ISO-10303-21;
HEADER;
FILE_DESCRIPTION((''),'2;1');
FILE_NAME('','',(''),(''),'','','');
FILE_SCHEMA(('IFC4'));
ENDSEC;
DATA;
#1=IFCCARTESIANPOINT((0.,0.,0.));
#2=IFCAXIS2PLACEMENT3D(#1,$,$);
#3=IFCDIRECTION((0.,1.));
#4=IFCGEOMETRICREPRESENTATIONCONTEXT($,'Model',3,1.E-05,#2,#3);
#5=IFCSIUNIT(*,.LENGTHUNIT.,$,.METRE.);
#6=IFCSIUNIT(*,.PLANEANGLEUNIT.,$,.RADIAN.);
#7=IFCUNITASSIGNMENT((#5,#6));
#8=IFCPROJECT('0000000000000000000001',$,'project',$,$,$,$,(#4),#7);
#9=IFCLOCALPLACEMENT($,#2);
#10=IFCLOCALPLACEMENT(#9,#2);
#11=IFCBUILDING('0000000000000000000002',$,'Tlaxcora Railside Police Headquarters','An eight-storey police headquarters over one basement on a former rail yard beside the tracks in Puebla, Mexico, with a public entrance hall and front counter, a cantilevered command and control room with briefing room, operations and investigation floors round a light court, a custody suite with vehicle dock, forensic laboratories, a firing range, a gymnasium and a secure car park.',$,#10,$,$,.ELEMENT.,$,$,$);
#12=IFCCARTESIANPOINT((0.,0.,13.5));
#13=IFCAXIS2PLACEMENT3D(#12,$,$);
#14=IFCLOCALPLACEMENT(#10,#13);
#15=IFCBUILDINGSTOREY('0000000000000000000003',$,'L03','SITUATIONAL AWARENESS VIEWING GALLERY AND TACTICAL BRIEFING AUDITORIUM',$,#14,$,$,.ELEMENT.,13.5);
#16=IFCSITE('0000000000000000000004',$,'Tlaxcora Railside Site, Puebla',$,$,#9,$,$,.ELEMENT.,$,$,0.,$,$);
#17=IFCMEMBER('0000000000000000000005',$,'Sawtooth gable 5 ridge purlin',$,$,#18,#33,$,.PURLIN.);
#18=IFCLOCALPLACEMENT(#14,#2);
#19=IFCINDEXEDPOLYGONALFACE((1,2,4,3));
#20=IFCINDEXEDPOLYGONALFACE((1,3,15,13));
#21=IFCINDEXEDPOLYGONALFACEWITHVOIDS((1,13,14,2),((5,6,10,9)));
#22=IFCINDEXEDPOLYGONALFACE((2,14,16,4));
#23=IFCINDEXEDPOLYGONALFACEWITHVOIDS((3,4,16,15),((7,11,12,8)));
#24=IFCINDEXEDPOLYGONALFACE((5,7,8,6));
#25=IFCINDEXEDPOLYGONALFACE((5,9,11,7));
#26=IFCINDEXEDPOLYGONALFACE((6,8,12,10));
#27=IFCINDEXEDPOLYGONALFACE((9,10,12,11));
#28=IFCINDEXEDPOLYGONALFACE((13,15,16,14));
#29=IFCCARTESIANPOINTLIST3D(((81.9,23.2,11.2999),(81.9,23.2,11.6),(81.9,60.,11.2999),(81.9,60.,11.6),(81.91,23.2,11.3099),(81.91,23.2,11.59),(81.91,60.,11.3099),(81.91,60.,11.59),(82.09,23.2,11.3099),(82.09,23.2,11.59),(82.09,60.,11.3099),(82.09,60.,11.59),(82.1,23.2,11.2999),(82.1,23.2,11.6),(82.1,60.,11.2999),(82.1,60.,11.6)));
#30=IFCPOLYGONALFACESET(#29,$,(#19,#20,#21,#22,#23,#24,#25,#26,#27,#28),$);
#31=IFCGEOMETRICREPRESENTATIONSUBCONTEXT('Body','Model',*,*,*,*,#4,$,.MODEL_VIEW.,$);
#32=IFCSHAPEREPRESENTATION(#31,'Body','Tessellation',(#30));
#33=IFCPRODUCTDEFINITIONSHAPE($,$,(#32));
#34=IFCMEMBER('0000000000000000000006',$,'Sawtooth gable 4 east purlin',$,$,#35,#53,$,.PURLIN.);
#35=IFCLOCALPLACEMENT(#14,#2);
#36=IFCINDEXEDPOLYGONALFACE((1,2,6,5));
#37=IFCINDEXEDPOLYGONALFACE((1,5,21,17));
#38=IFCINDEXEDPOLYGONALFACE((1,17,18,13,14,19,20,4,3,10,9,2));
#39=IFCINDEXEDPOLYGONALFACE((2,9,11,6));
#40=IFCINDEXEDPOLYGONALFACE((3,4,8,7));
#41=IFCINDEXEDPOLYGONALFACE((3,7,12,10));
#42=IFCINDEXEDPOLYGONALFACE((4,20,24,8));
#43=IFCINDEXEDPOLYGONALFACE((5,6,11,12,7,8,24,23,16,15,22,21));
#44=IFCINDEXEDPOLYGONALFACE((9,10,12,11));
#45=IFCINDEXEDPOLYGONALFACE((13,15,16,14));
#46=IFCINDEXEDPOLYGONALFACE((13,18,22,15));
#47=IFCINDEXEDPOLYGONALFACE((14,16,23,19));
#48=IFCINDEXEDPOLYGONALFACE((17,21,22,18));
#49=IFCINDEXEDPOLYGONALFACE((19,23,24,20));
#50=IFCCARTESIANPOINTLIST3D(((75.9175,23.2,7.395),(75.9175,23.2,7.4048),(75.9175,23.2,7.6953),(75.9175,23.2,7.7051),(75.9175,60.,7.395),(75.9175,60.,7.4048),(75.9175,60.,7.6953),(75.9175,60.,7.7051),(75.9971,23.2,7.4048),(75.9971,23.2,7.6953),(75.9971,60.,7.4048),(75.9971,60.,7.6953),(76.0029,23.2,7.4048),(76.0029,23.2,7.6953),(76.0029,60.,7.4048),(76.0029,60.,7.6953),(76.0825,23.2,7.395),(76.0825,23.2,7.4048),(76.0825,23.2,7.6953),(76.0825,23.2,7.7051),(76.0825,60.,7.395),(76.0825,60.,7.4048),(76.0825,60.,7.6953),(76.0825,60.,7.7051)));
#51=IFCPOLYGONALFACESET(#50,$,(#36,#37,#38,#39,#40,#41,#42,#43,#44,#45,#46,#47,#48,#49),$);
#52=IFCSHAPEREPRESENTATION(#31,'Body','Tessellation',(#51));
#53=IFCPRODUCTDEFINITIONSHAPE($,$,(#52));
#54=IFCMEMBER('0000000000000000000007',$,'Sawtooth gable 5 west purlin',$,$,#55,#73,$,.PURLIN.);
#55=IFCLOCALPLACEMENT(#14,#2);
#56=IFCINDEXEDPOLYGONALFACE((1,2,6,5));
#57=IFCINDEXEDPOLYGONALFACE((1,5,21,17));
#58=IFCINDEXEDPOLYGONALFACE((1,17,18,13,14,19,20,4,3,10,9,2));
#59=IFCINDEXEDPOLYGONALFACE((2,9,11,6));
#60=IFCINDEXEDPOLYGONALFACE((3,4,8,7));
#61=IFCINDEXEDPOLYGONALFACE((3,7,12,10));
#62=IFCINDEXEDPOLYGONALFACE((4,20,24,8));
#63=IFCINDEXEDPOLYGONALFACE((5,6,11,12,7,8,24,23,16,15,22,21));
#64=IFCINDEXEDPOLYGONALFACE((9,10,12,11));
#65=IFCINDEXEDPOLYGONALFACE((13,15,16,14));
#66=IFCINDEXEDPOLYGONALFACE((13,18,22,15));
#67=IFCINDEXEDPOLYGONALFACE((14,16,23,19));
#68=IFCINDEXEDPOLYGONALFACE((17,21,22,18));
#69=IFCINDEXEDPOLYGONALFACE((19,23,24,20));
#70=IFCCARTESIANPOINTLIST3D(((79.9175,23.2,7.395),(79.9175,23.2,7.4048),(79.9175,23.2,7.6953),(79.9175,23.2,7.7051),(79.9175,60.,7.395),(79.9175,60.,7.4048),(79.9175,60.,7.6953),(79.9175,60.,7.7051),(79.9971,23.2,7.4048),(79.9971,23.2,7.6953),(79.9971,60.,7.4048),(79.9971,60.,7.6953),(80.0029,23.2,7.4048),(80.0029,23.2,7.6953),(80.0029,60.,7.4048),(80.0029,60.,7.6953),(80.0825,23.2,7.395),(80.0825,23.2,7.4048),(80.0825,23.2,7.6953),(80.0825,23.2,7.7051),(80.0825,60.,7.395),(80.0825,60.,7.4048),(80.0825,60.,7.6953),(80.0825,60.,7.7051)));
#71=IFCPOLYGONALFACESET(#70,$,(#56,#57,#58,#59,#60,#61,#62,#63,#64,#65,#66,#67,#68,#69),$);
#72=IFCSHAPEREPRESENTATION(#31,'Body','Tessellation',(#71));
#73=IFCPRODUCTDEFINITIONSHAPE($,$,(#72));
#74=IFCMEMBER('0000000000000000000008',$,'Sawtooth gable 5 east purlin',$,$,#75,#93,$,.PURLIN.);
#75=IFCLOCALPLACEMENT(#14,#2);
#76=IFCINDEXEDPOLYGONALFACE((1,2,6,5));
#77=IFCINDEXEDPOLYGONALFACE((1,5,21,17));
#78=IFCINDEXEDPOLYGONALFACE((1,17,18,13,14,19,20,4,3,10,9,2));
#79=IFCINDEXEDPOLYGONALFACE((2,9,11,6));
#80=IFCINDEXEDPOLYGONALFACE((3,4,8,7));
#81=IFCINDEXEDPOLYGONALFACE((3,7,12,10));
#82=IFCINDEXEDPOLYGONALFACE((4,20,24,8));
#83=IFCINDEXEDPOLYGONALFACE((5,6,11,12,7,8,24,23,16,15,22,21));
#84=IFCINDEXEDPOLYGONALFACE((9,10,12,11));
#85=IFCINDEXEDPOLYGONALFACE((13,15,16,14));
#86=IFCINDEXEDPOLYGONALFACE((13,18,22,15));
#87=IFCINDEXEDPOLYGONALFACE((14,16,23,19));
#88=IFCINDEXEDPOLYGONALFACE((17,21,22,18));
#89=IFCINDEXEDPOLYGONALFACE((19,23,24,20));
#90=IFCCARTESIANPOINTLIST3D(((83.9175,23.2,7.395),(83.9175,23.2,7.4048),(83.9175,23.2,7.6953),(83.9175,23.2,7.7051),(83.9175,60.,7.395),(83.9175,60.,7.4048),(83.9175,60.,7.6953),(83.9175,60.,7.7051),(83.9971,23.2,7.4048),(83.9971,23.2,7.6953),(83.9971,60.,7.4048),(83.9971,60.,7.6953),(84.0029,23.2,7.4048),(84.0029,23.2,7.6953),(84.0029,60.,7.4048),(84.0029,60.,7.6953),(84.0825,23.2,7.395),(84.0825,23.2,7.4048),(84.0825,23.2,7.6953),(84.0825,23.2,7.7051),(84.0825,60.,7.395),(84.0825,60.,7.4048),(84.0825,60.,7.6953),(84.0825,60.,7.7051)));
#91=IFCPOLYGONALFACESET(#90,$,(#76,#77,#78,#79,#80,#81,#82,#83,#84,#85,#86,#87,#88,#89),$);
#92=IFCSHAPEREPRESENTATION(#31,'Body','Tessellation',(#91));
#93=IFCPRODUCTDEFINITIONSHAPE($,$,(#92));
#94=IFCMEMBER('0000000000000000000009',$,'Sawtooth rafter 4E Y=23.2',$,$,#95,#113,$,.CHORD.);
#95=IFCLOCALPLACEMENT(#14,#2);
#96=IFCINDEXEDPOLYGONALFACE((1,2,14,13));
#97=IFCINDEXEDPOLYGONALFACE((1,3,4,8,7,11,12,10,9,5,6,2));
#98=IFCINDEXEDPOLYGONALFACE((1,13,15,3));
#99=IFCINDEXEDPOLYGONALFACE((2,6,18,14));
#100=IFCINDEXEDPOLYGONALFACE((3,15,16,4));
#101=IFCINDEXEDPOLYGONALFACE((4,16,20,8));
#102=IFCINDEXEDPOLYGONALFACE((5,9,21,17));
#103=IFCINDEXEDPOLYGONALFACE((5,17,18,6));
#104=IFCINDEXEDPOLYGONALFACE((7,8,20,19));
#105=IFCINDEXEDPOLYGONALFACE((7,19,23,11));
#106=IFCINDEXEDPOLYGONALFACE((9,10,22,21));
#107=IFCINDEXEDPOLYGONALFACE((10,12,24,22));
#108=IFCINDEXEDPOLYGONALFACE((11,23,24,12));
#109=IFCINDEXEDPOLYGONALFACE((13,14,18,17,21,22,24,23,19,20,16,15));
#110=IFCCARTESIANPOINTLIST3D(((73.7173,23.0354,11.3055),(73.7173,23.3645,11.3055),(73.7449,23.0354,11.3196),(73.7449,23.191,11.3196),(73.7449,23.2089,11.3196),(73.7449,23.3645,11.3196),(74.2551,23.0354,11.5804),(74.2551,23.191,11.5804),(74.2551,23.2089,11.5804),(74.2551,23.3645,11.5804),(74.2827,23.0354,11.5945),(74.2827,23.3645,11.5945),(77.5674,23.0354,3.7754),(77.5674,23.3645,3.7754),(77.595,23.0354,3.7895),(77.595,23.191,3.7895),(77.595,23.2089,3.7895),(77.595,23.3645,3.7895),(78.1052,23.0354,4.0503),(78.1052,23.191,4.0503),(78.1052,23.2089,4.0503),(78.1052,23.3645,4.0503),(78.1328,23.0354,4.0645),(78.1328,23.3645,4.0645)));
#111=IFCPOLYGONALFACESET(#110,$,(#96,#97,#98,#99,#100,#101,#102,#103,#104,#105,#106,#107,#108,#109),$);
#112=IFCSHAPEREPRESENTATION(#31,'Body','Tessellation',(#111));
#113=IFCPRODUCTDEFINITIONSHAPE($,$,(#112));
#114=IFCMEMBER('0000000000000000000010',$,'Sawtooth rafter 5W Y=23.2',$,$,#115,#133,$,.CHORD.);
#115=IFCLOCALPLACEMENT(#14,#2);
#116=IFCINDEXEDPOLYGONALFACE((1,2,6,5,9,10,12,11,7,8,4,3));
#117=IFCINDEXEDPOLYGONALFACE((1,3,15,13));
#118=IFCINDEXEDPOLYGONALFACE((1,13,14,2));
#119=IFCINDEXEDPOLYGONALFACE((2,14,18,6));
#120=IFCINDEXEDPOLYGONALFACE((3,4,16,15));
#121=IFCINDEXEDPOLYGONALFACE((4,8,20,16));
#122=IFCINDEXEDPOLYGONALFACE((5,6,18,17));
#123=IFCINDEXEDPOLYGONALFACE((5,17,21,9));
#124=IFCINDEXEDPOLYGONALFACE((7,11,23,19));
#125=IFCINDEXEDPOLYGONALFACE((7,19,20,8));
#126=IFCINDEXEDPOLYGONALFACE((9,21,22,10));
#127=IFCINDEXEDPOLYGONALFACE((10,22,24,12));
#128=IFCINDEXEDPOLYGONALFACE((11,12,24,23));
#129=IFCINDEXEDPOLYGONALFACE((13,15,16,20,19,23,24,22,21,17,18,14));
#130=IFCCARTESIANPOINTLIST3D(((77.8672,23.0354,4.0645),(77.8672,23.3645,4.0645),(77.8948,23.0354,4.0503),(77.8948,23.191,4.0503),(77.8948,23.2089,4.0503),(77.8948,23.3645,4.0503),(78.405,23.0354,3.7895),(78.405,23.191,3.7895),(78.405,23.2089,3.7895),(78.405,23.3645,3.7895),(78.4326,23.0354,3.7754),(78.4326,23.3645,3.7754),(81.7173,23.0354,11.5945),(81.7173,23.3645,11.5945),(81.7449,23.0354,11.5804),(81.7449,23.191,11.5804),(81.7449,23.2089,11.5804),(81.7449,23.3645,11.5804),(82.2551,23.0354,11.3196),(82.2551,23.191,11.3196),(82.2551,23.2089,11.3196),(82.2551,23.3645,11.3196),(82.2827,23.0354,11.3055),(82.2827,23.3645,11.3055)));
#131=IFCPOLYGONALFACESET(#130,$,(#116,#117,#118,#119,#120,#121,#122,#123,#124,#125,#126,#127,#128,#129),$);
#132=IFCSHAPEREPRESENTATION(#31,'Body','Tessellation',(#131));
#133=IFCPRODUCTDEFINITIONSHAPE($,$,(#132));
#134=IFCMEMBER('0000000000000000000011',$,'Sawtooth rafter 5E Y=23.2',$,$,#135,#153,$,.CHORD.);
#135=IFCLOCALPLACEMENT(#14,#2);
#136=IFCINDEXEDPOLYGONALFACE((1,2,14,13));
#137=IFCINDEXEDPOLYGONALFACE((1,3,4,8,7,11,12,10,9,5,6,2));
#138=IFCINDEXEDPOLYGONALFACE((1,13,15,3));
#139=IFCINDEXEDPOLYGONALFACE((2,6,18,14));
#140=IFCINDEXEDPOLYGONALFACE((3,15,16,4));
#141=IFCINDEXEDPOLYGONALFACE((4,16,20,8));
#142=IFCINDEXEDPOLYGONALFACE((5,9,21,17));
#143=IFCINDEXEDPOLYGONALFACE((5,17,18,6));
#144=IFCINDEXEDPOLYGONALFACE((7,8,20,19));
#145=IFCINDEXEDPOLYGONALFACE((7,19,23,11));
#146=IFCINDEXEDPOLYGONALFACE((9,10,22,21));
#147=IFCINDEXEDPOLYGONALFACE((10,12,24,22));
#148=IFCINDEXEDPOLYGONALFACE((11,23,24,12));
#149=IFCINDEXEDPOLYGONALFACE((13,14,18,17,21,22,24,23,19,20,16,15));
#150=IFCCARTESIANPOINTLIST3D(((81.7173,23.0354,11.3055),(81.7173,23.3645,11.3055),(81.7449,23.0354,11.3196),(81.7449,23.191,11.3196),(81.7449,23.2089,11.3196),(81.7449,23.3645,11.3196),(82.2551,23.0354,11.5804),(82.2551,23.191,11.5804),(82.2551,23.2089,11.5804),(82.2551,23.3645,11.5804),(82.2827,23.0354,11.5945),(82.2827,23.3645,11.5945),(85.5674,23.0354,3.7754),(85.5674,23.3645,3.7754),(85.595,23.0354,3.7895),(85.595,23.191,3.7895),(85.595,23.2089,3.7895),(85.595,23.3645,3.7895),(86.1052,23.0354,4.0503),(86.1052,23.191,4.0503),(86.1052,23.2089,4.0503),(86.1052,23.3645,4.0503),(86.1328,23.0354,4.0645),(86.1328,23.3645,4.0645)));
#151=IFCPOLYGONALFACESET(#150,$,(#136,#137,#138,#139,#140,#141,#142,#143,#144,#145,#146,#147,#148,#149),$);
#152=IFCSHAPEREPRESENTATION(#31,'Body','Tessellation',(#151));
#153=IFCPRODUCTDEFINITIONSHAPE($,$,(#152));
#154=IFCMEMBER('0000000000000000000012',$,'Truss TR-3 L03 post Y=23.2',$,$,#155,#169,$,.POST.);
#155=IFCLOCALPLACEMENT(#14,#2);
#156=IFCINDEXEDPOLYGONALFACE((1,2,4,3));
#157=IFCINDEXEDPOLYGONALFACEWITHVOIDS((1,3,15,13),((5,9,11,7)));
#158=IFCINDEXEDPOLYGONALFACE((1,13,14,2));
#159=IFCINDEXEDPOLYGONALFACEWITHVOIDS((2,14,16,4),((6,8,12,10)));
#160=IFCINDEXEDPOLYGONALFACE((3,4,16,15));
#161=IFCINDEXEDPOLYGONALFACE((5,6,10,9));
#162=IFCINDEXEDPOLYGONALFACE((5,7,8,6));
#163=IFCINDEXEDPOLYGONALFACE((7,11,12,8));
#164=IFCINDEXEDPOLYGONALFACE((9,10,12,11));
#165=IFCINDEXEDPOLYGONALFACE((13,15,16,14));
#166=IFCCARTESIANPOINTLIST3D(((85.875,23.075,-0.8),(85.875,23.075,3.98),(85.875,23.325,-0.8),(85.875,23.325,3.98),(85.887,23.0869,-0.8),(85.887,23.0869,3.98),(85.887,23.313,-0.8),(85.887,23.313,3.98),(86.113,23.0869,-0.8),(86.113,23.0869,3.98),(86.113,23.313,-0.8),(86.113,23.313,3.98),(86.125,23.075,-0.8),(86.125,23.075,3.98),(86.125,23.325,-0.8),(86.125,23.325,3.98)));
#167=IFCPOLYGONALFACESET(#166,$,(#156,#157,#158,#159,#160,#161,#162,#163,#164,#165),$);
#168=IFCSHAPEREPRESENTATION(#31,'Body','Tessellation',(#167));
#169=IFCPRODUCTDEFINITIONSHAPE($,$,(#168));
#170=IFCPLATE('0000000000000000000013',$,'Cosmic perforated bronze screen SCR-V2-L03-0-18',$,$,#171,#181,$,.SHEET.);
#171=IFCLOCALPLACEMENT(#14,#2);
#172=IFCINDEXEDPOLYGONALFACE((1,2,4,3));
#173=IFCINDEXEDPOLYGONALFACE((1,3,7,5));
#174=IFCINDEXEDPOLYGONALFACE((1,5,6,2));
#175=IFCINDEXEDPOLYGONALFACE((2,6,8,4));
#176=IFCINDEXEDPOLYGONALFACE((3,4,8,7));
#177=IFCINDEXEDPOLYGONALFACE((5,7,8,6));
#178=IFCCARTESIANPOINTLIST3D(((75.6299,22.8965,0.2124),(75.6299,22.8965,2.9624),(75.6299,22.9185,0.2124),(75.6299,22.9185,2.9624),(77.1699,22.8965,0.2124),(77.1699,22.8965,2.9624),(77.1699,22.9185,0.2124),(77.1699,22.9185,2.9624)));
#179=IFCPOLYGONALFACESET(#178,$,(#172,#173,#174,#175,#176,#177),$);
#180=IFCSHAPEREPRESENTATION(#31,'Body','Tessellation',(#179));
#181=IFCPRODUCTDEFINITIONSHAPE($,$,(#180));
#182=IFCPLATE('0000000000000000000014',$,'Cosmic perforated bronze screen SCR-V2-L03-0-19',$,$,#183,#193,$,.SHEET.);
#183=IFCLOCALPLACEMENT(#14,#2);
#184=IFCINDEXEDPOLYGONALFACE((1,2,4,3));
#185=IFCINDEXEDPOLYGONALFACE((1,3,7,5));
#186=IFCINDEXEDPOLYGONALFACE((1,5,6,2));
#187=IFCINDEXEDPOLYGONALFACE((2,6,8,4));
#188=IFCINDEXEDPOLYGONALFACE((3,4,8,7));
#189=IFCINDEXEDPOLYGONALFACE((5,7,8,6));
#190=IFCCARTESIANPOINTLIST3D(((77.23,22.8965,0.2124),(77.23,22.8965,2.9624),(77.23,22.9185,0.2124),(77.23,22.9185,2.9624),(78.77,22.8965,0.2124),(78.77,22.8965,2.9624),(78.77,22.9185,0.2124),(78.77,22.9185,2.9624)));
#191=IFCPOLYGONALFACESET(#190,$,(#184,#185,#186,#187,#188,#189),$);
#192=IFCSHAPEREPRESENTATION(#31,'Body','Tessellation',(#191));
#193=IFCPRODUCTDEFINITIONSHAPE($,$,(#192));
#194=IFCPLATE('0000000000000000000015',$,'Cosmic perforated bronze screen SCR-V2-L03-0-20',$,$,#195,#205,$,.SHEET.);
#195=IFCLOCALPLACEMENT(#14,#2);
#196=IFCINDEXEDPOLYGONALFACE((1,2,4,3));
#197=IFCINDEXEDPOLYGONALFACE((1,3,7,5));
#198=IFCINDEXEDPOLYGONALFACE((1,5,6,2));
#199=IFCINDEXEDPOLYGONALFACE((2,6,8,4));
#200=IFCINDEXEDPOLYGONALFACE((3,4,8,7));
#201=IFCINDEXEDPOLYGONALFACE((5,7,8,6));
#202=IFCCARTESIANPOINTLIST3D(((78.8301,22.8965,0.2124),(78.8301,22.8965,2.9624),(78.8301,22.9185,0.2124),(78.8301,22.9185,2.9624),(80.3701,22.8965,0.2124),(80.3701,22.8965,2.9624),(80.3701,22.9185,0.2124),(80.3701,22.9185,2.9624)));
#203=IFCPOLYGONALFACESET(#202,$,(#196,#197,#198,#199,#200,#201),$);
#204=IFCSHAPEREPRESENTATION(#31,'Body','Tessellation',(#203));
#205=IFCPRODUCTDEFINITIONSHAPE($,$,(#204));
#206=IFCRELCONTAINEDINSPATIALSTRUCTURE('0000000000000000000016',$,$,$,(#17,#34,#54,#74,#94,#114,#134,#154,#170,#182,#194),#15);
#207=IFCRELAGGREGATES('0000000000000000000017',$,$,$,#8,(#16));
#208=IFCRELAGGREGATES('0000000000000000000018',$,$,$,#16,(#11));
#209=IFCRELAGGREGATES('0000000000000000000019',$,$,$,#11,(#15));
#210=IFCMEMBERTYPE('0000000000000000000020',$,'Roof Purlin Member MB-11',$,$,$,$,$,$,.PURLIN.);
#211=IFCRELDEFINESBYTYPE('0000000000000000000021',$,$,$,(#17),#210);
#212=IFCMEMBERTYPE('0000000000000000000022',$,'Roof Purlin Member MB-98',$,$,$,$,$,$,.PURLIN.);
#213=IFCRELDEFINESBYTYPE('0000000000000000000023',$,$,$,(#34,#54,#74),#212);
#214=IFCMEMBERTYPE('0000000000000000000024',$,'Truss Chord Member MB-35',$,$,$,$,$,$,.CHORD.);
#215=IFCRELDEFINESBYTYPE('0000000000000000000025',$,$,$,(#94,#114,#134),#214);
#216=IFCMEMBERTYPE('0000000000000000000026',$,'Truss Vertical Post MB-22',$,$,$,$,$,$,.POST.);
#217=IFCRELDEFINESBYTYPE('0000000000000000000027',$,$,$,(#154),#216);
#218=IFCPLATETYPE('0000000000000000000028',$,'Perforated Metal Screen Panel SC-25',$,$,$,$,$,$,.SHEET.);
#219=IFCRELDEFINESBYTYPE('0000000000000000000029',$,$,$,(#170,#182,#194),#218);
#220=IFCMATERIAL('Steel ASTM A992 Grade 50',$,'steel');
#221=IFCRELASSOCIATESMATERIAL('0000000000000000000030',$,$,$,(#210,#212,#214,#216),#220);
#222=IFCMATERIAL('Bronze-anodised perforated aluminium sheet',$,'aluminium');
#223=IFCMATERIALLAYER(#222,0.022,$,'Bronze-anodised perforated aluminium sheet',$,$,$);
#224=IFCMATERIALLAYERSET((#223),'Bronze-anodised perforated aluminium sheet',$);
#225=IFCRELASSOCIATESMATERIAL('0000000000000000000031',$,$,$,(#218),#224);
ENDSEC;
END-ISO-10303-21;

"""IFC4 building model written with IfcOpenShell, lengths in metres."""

from ifc_helpers import new_model, si_unit, direction, frame, origin, origin_2d, place, context, subcontext, project, spatial, rectangle, hollow_rectangle, i_section, extrude, material, layer, layer_set, material_profile, profile_set, type_object, element, save


model = new_model("IFC4")

# Units and contexts
model_context = context("Model", 3, precision=1e-05, world=origin(), true_north=direction((0.0, 1.0)))
body_context = subcontext(model_context, "Body", "Model", "MODEL_VIEW")
ifc_project = project(units=[si_unit("LENGTHUNIT", "METRE"), si_unit("PLANEANGLEUNIT", "RADIAN")], contexts=[model_context])

# Site, building, storey
site_placement = place(None, origin())
site = spatial("IfcSite", under=ifc_project, at=site_placement, Name="Tlaxcora Railside Site, Puebla", CompositionType="ELEMENT", RefElevation=0.0)
building_placement = place(site_placement, origin())
building = spatial("IfcBuilding", under=site, at=building_placement, Name="Tlaxcora Railside Police Headquarters", Description="An eight-storey police headquarters over one basement on a former rail yard beside the tracks in Puebla, Mexico, with a public entrance hall and front counter, a cantilevered command and control room with briefing room, operations and investigation floors round a light court, a custody suite with vehicle dock, forensic laboratories, a firing range, a gymnasium and a secure car park.", CompositionType="ELEMENT")
storey_placement = place(building_placement, frame((0.0, 0.0, 13.5)))
storey = spatial("IfcBuildingStorey", under=building, at=storey_placement, Name="L03", Description="SITUATIONAL AWARENESS VIEWING GALLERY AND TACTICAL BRIEFING AUDITORIUM", CompositionType="ELEMENT", Elevation=13.5)

# Members
ifc_material_1 = material(Name="Steel ASTM A992 Grade 50", Category="steel")
ifc_material_profile_1 = material_profile(ifc_material_1, hollow_rectangle(XDim=0.2, YDim=0.3, WallThickness=0.01, at=origin_2d()), Name="HSS300X200X10")
ifc_profile_set_1 = profile_set([ifc_material_profile_1], Name="Steel ASTM A992 Grade 50")
member_type_1 = type_object("IfcMemberType", Name="Roof Purlin Member MB-11", PredefinedType="PURLIN", material=ifc_profile_set_1)
member_1_placement = place(storey_placement, frame((82.0, 23.2, 11.45), z_axis=(0.0, 1.0, 0.0), x_axis=(-1.0, 0.0, 0.0)))
element("IfcMember", 1, at=member_1_placement, inside=storey, type_object=member_type_1, Name="Sawtooth gable 5 ridge purlin", PredefinedType="PURLIN", context=body_context, shape_type="SweptSolid", body=[
    extrude(hollow_rectangle(XDim=0.2, YDim=0.3, WallThickness=0.01, at=origin_2d()), origin(), (0.0, 0.0, 1.0), 36.8),
])
ifc_material_profile_2 = material_profile(ifc_material_1, i_section(OverallWidth=0.165, OverallDepth=0.3101, WebThickness=0.0059, FlangeThickness=0.0098, at=origin_2d()), Name="W12X26")
ifc_profile_set_2 = profile_set([ifc_material_profile_2], Name="Steel ASTM A992 Grade 50")
member_type_2 = type_object("IfcMemberType", Name="Roof Purlin Member MB-98", PredefinedType="PURLIN", material=ifc_profile_set_2)
for number, where, z_axis, x_axis, name in (
    (2, (76.0, 23.2, 7.55), (0.0, 1.0, 0.0), (-1.0, 0.0, 0.0), "Sawtooth gable 4 east purlin"),
    (3, (80.0, 23.2, 7.55), (0.0, 1.0, 0.0), (-1.0, 0.0, 0.0), "Sawtooth gable 5 west purlin"),
    (4, (84.0, 23.2, 7.55), (0.0, 1.0, 0.0), (-1.0, 0.0, 0.0), "Sawtooth gable 5 east purlin"),
):
    element("IfcMember", number, at=place(storey_placement, frame(where, z_axis=z_axis, x_axis=x_axis)), inside=storey, type_object=member_type_2, Name=name, PredefinedType="PURLIN", context=body_context, shape_type="SweptSolid", body=[
        extrude(i_section(OverallWidth=0.165, OverallDepth=0.3101, WebThickness=0.0059, FlangeThickness=0.0098, at=origin_2d()), origin(), (0.0, 0.0, 1.0), 36.8),
    ])
ifc_material_profile_3 = material_profile(ifc_material_1, i_section(OverallWidth=0.3291, OverallDepth=0.635, WebThickness=0.0178, FlangeThickness=0.031, at=origin_2d()), Name="W24X162")
ifc_profile_set_3 = profile_set([ifc_material_profile_3], Name="Steel ASTM A992 Grade 50")
member_type_3 = type_object("IfcMemberType", Name="Truss Chord Member MB-35", PredefinedType="CHORD", material=ifc_profile_set_3)
for number, where, z_axis, x_axis, name in (
    (5, (77.8501, 23.2, 3.9199), (-0.455244, 0.0, 0.890367), (0.0, -1.0, 0.0), "Sawtooth rafter 4E Y=23.2"),
    (6, (78.1499, 23.2, 3.9199), (0.455244, 0.0, 0.890367), (0.0, 1.0, 0.0), "Sawtooth rafter 5W Y=23.2"),
    (7, (85.8501, 23.2, 3.9199), (-0.455244, 0.0, 0.890367), (0.0, -1.0, 0.0), "Sawtooth rafter 5E Y=23.2"),
):
    element("IfcMember", number, at=place(storey_placement, frame(where, z_axis=z_axis, x_axis=x_axis)), inside=storey, type_object=member_type_3, Name=name, PredefinedType="CHORD", context=body_context, shape_type="SweptSolid", body=[
        extrude(i_section(OverallWidth=0.3291, OverallDepth=0.635, WebThickness=0.0178, FlangeThickness=0.031, at=origin_2d()), origin(), (0.0, 0.0, 1.0), 8.4573),
    ])
ifc_material_profile_4 = material_profile(ifc_material_1, hollow_rectangle(XDim=0.25, YDim=0.25, WallThickness=0.012, at=origin_2d()), Name="HSS250X250X12")
ifc_profile_set_4 = profile_set([ifc_material_profile_4], Name="Steel ASTM A992 Grade 50")
member_type_4 = type_object("IfcMemberType", Name="Truss Vertical Post MB-22", PredefinedType="POST", material=ifc_profile_set_4)
member_2_placement = place(storey_placement, frame((86.0, 23.2, -0.8), z_axis=(0.0, 0.0, 1.0), x_axis=(1.0, 0.0, 0.0)))
element("IfcMember", 8, at=member_2_placement, inside=storey, type_object=member_type_4, Name="Truss TR-3 L03 post Y=23.2", PredefinedType="POST", context=body_context, shape_type="SweptSolid", body=[
    extrude(hollow_rectangle(XDim=0.25, YDim=0.25, WallThickness=0.012, at=origin_2d()), origin(), (0.0, 0.0, 1.0), 4.78),
])

# Plates
ifc_material_2 = material(Name="Bronze-anodised perforated aluminium sheet", Category="aluminium")
ifc_layer_1 = layer(ifc_material_2, 0.022, Name="Bronze-anodised perforated aluminium sheet")
ifc_layer_set_1 = layer_set([ifc_layer_1], Name="Bronze-anodised perforated aluminium sheet")
plate_type_1 = type_object("IfcPlateType", Name="Perforated Metal Screen Panel SC-25", PredefinedType="SHEET", material=ifc_layer_set_1)
for number, where, z_axis, x_axis, name in (
    (9, (76.3999, 22.9075, 0.2124), (0.0, 0.0, 1.0), (1.0, 0.0, 0.0), "Cosmic perforated bronze screen SCR-V2-L03-0-18"),
    (10, (78.0, 22.9075, 0.2124), (0.0, 0.0, 1.0), (1.0, 0.0, 0.0), "Cosmic perforated bronze screen SCR-V2-L03-0-19"),
    (11, (79.6001, 22.9075, 0.2124), (0.0, 0.0, 1.0), (1.0, 0.0, 0.0), "Cosmic perforated bronze screen SCR-V2-L03-0-20"),
):
    element("IfcPlate", number, at=place(storey_placement, frame(where, z_axis=z_axis, x_axis=x_axis)), inside=storey, type_object=plate_type_1, Name=name, PredefinedType="SHEET", context=body_context, shape_type="SweptSolid", body=[
        extrude(rectangle(XDim=1.54, YDim=0.022, at=origin_2d()), origin(), (0.0, 0.0, 1.0), 2.75),
    ])

save(model, "model.ifc")
